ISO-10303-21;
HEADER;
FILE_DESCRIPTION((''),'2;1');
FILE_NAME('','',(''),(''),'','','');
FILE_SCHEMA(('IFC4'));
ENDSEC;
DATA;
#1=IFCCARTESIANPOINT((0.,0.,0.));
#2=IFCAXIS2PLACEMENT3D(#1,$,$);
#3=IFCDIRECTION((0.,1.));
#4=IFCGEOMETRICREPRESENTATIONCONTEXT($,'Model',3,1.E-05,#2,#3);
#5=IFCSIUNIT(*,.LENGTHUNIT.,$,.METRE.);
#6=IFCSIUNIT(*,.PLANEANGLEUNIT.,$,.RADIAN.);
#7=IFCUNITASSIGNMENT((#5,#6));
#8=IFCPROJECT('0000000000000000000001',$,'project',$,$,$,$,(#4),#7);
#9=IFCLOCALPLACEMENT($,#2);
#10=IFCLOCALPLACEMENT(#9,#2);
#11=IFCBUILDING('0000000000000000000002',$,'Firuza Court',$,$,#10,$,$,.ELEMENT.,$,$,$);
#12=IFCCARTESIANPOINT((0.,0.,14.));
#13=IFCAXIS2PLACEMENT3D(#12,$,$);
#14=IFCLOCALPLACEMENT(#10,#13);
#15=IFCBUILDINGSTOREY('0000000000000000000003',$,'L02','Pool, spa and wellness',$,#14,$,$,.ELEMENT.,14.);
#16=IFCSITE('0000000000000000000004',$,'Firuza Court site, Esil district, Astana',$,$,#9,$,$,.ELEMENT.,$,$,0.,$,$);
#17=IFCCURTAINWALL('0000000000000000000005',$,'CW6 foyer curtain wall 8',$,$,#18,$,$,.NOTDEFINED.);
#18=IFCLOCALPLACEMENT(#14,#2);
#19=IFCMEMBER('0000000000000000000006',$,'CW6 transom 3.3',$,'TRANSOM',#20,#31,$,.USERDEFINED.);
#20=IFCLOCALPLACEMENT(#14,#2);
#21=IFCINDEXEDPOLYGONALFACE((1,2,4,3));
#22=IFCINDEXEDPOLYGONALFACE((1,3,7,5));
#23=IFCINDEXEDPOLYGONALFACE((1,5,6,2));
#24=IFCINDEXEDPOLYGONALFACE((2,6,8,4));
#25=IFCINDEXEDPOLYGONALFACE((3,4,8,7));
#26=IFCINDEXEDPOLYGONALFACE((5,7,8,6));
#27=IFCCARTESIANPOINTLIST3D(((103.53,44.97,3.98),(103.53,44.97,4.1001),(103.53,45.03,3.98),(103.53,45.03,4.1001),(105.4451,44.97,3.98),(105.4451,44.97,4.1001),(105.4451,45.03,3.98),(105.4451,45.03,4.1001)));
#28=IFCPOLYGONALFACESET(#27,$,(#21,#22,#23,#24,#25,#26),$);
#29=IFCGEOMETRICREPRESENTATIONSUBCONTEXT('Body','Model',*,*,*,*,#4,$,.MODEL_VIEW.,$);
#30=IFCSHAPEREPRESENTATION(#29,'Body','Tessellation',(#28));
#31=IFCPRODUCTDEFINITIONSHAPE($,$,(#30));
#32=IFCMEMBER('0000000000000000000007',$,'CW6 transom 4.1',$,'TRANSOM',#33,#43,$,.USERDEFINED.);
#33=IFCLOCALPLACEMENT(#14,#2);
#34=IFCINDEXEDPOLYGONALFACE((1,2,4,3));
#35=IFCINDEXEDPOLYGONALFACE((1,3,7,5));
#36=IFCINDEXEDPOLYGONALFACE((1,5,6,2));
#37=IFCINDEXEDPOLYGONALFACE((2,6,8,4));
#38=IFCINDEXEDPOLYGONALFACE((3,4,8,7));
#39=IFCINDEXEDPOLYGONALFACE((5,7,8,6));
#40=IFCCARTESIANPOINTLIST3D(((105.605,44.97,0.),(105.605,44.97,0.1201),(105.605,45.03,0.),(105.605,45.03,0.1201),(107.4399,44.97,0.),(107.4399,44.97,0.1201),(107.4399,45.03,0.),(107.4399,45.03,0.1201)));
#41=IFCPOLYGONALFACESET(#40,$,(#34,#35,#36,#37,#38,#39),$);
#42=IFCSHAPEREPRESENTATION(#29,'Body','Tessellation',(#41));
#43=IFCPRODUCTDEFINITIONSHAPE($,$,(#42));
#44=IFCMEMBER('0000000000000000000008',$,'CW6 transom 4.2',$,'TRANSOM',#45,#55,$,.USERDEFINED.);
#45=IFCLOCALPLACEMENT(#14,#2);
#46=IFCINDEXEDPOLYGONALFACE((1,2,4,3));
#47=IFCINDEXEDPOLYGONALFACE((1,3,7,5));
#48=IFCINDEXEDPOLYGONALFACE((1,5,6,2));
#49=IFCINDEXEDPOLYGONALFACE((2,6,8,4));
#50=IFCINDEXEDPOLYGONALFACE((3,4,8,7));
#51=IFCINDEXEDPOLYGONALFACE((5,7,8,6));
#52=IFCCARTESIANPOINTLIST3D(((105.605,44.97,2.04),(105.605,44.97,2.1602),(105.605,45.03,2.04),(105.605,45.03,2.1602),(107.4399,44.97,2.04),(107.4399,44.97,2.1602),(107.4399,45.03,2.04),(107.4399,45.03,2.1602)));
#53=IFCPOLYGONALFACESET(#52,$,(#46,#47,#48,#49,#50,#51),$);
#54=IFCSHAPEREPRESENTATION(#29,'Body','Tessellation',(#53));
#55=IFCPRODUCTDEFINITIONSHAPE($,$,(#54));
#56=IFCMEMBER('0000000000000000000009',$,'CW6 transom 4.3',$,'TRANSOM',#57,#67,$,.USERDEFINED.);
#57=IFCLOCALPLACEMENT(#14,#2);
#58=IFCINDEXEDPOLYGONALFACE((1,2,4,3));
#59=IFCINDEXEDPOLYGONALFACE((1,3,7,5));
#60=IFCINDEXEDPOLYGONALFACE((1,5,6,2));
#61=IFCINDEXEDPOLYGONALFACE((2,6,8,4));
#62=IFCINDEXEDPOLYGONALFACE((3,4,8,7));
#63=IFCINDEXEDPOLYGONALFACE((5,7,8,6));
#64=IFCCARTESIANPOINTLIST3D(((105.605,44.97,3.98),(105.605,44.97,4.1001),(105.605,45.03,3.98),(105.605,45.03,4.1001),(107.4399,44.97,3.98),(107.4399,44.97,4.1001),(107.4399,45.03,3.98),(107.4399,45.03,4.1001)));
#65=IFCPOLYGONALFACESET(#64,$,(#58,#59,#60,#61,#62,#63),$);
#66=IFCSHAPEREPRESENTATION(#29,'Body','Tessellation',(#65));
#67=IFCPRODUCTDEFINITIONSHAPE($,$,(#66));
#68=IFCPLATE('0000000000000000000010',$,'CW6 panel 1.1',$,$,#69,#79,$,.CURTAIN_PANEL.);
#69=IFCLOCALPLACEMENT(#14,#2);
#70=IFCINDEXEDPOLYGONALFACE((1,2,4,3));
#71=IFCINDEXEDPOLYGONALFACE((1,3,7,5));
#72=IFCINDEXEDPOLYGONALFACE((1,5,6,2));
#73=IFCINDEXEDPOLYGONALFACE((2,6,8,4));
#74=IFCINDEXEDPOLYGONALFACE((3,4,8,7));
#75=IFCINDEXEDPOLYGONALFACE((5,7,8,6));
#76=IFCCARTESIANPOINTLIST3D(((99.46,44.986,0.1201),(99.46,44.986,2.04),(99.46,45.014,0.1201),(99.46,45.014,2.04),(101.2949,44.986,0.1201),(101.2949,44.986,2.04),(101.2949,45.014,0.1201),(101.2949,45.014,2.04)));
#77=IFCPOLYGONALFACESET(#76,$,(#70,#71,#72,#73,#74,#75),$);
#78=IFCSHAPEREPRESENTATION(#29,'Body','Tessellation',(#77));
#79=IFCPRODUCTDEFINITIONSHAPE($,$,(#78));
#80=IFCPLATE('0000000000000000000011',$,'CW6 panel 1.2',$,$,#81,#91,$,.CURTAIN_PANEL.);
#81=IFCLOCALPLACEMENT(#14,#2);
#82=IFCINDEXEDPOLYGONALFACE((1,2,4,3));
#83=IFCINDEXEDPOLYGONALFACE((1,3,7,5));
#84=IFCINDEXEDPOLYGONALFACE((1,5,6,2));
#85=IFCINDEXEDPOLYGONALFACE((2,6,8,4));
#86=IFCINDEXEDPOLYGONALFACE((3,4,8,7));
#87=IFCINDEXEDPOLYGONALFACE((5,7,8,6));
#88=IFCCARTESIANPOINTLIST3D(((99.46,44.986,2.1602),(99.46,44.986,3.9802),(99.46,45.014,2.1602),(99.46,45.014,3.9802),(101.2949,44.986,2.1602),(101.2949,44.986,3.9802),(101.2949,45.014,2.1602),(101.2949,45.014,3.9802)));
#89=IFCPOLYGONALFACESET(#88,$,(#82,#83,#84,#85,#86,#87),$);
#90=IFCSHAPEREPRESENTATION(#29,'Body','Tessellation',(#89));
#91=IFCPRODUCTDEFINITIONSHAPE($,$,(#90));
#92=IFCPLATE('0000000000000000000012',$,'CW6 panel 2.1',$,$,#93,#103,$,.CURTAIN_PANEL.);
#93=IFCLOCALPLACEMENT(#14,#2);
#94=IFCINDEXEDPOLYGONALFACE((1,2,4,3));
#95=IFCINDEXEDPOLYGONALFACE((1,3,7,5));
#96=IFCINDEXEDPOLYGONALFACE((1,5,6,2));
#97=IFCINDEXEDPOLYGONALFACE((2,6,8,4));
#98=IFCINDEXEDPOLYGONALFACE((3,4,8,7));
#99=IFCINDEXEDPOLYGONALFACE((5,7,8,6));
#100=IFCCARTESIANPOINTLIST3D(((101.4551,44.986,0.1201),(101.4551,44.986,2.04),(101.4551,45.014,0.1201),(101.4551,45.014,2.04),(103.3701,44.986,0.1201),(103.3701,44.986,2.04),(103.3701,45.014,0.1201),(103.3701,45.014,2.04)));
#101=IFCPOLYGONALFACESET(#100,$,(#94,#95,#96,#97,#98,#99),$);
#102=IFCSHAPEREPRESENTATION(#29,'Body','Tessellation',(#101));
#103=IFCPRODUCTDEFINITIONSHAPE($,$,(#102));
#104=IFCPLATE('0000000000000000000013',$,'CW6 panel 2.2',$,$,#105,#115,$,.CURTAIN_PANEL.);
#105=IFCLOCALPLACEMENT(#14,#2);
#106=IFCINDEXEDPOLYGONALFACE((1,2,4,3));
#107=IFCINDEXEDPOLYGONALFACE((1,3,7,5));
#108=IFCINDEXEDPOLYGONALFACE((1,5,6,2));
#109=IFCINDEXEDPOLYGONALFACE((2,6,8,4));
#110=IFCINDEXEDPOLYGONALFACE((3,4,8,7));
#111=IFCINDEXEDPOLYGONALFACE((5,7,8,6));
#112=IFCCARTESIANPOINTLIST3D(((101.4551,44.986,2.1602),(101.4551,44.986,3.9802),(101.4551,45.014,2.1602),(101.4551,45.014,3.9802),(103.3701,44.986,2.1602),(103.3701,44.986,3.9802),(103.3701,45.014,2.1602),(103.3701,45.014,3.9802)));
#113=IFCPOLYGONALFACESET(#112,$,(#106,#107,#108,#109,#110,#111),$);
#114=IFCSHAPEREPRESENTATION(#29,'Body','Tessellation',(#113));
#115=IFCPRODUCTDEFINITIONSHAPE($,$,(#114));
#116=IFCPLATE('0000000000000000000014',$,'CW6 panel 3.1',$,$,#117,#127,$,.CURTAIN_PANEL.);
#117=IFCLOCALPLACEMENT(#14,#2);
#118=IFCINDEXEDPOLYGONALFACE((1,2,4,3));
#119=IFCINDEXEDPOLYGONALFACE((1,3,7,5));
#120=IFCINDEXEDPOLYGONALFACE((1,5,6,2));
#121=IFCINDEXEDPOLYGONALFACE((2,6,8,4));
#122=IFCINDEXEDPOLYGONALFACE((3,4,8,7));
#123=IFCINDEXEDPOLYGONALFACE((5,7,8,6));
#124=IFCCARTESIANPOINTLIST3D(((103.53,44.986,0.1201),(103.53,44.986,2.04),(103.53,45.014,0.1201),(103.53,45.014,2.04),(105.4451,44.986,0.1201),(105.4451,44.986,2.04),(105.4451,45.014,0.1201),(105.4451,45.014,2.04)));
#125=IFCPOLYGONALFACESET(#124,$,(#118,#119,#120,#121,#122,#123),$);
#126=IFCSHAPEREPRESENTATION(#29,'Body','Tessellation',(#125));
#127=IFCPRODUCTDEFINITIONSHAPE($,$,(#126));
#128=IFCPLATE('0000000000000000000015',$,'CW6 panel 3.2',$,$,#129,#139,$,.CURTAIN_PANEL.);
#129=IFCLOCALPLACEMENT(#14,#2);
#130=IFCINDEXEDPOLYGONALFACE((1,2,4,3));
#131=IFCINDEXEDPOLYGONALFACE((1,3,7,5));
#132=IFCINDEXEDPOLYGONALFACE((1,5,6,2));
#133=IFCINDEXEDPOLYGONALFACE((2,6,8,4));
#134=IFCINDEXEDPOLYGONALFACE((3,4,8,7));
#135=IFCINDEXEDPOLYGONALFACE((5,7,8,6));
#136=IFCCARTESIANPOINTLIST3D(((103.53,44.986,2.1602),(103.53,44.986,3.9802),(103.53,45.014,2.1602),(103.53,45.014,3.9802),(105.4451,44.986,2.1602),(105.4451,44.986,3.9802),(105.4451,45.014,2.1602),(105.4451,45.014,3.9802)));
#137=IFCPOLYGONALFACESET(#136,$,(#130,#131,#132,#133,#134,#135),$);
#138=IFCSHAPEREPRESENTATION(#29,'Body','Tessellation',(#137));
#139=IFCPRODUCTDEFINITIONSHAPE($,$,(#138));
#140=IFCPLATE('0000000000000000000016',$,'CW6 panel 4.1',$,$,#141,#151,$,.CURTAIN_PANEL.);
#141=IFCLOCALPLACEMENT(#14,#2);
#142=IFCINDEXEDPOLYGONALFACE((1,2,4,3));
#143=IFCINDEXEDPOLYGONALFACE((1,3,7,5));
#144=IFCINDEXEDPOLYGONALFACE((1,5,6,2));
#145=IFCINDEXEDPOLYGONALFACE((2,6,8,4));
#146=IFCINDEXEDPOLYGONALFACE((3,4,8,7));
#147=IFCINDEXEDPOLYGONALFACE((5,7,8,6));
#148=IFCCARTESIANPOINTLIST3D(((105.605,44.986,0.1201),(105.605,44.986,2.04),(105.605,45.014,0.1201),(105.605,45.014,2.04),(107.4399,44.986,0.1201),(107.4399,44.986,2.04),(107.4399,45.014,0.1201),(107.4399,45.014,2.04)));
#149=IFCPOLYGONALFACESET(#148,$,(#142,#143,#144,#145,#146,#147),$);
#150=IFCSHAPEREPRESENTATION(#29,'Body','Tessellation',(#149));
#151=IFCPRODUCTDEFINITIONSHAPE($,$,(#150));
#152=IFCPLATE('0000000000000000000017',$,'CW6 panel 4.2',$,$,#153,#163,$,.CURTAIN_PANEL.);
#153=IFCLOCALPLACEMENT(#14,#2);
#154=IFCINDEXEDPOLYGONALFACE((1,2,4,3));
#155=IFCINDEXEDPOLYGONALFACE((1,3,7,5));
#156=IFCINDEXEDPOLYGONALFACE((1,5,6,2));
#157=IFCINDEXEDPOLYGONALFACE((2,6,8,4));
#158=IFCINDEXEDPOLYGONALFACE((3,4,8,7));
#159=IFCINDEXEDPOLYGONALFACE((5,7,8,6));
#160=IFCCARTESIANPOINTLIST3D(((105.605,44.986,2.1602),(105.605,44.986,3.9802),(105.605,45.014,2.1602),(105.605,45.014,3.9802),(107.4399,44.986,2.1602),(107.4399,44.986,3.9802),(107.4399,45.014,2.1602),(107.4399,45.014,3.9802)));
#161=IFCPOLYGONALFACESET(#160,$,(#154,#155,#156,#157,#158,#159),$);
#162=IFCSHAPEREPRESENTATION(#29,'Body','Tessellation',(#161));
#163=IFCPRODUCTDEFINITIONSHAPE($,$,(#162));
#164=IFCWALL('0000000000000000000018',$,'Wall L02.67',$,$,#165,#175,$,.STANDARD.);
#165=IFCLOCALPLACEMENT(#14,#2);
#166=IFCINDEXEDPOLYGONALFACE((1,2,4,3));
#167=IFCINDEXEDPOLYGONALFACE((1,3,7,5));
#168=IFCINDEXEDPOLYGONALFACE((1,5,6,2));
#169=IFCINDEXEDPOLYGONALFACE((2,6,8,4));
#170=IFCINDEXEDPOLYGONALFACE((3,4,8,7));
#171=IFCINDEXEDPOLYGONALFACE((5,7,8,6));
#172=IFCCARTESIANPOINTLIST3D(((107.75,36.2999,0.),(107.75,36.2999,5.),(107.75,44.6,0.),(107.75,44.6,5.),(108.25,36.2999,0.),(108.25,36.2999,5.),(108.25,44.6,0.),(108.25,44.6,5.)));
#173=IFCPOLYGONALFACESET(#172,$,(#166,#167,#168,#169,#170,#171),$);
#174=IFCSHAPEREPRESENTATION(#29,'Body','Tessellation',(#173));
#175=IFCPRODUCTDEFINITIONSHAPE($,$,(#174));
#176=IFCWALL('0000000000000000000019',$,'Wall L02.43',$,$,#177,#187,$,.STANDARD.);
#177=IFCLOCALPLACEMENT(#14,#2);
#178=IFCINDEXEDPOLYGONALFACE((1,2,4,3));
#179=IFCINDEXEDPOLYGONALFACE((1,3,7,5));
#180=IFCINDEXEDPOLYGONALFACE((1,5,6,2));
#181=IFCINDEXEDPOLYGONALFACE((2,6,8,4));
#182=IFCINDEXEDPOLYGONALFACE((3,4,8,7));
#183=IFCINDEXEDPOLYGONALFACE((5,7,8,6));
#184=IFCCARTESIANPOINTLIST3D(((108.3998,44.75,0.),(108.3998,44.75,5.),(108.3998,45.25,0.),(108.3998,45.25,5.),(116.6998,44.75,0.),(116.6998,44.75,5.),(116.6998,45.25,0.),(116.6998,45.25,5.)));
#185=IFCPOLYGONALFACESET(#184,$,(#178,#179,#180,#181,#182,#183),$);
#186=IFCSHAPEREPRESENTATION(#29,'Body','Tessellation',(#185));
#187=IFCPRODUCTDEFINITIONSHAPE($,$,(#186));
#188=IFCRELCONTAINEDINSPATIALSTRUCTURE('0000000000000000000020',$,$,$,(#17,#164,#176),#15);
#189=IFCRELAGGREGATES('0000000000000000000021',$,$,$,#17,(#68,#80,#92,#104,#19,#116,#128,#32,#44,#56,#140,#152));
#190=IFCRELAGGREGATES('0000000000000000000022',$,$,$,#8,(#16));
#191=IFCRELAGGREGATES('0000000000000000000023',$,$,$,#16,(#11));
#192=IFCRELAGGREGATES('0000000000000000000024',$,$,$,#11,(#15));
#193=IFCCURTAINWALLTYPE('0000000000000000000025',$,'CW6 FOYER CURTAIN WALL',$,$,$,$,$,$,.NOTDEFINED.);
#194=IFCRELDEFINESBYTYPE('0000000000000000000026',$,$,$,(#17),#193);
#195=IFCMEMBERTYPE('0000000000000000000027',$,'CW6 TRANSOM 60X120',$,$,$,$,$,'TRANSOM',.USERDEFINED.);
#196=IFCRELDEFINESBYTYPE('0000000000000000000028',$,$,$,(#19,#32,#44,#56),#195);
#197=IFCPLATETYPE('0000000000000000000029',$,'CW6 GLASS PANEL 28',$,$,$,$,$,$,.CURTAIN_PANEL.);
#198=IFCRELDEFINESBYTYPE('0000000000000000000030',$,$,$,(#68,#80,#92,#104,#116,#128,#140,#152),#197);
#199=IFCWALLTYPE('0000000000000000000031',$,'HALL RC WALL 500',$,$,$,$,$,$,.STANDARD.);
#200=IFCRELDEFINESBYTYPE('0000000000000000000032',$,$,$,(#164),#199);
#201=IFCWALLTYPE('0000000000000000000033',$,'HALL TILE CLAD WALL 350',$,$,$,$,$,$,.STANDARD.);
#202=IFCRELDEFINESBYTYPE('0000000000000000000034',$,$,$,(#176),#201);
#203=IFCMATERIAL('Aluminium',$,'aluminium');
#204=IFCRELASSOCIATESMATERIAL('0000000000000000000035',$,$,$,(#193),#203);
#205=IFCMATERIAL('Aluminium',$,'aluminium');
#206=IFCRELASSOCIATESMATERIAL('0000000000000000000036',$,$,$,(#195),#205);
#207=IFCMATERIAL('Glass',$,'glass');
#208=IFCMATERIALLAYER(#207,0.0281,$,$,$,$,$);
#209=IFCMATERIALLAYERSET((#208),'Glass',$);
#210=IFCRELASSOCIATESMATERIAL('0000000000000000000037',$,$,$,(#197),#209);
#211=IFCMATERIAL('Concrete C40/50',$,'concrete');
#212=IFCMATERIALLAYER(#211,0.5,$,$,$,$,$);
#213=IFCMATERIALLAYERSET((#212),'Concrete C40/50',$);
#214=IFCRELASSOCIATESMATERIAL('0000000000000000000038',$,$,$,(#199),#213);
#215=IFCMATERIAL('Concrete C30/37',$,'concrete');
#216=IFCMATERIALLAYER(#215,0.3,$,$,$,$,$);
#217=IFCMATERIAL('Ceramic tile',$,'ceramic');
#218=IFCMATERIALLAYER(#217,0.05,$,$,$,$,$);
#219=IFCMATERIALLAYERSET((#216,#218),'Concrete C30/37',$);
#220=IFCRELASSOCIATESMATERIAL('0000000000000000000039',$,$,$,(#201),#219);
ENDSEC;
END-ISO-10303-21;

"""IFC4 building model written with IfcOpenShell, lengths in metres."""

from ifc_helpers import new_model, si_unit, direction, frame, frame_2d, origin, origin_2d, place, context, subcontext, project, spatial, rectangle, extrude, material, layer, layer_set, material_profile, profile_set, type_object, element, aggregate, save


model = new_model("IFC4")

# Units and contexts
model_context = context("Model", 3, precision=1e-05, world=origin(), true_north=direction((0.0, 1.0)))
body_context = subcontext(model_context, "Body", "Model", "MODEL_VIEW")
ifc_project = project(units=[si_unit("LENGTHUNIT", "METRE"), si_unit("PLANEANGLEUNIT", "RADIAN")], contexts=[model_context])

# Site, building, storey
site_placement = place(None, origin())
site = spatial("IfcSite", under=ifc_project, at=site_placement, Name="Firuza Court site, Esil district, Astana", CompositionType="ELEMENT", RefElevation=0.0)
building_placement = place(site_placement, origin())
building = spatial("IfcBuilding", under=site, at=building_placement, Name="Firuza Court", CompositionType="ELEMENT")
storey_placement = place(building_placement, frame((0.0, 0.0, 14.0)))
storey = spatial("IfcBuildingStorey", under=building, at=storey_placement, Name="L02", Description="Pool, spa and wellness", CompositionType="ELEMENT", Elevation=14.0)

# Curtain wall, members, plates
ifc_material_1 = material(Name="Aluminium", Category="aluminium")
curtain_wall_type = type_object("IfcCurtainWallType", Name="CW6 FOYER CURTAIN WALL", PredefinedType="NOTDEFINED", material=ifc_material_1)
curtain_wall_placement = place(storey_placement, origin())
curtain_wall = element("IfcCurtainWall", 1, at=curtain_wall_placement, inside=storey, type_object=curtain_wall_type, Name="CW6 foyer curtain wall 8", PredefinedType="NOTDEFINED")
ifc_material_2 = material(Name="Aluminium", Category="aluminium")
ifc_material_profile_1 = material_profile(ifc_material_2, rectangle(XDim=0.0601, YDim=0.1201, at=origin_2d()), Name="TRANSOM 60X120")
ifc_profile_set_1 = profile_set([ifc_material_profile_1], Name="Aluminium")
member_type_1 = type_object("IfcMemberType", Name="CW6 TRANSOM 60X120", ElementType="TRANSOM", PredefinedType="USERDEFINED", material=ifc_profile_set_1)
member_1_placement = place(storey_placement, frame((103.53, 45.0, 4.04), z_axis=(1.0, 0.0, 0.0), x_axis=(0.0, 1.0, 0.0)))
member_1 = element("IfcMember", 2, at=member_1_placement, type_object=member_type_1, Name="CW6 transom 3.3", ObjectType="TRANSOM", PredefinedType="USERDEFINED", context=body_context, shape_type="SweptSolid", body=[
    extrude(rectangle(XDim=0.0601, YDim=0.1201, at=origin_2d()), origin(), (0.0, 0.0, 1.0), 1.915),
])
member_2_placement = place(storey_placement, frame((105.605, 45.0, 0.0601), z_axis=(1.0, 0.0, 0.0), x_axis=(0.0, 1.0, 0.0)))
member_2 = element("IfcMember", 3, at=member_2_placement, type_object=member_type_1, Name="CW6 transom 4.1", ObjectType="TRANSOM", PredefinedType="USERDEFINED", context=body_context, shape_type="SweptSolid", body=[
    extrude(rectangle(XDim=0.0601, YDim=0.1201, at=origin_2d()), origin(), (0.0, 0.0, 1.0), 1.835),
])
member_3_placement = place(storey_placement, frame((105.605, 45.0, 2.1001), z_axis=(1.0, 0.0, 0.0), x_axis=(0.0, 1.0, 0.0)))
member_3 = element("IfcMember", 4, at=member_3_placement, type_object=member_type_1, Name="CW6 transom 4.2", ObjectType="TRANSOM", PredefinedType="USERDEFINED", context=body_context, shape_type="SweptSolid", body=[
    extrude(rectangle(XDim=0.0601, YDim=0.1201, at=origin_2d()), origin(), (0.0, 0.0, 1.0), 1.835),
])
member_4_placement = place(storey_placement, frame((105.605, 45.0, 4.04), z_axis=(1.0, 0.0, 0.0), x_axis=(0.0, 1.0, 0.0)))
member_4 = element("IfcMember", 5, at=member_4_placement, type_object=member_type_1, Name="CW6 transom 4.3", ObjectType="TRANSOM", PredefinedType="USERDEFINED", context=body_context, shape_type="SweptSolid", body=[
    extrude(rectangle(XDim=0.0601, YDim=0.1201, at=origin_2d()), origin(), (0.0, 0.0, 1.0), 1.835),
])
ifc_material_3 = material(Name="Glass", Category="glass")
ifc_layer_1 = layer(ifc_material_3, 0.0281)
ifc_layer_set_1 = layer_set([ifc_layer_1], Name="Glass")
plate_type = type_object("IfcPlateType", Name="CW6 GLASS PANEL 28", PredefinedType="CURTAIN_PANEL", material=ifc_layer_set_1)
plate_1_placement = place(storey_placement, frame((100.3774, 45.0, 0.1201), z_axis=(0.0, 0.0, 1.0), x_axis=(1.0, 0.0, 0.0)))
plate_1 = element("IfcPlate", 6, at=plate_1_placement, type_object=plate_type, Name="CW6 panel 1.1", PredefinedType="CURTAIN_PANEL", context=body_context, shape_type="SweptSolid", body=[
    extrude(rectangle(XDim=1.835, YDim=0.0281, at=origin_2d()), origin(), (0.0, 0.0, 1.0), 1.9199),
])
plate_2_placement = place(storey_placement, frame((100.3774, 45.0, 2.1602), z_axis=(0.0, 0.0, 1.0), x_axis=(1.0, 0.0, 0.0)))
plate_2 = element("IfcPlate", 7, at=plate_2_placement, type_object=plate_type, Name="CW6 panel 1.2", PredefinedType="CURTAIN_PANEL", context=body_context, shape_type="SweptSolid", body=[
    extrude(rectangle(XDim=1.835, YDim=0.0281, at=origin_2d()), origin(), (0.0, 0.0, 1.0), 1.8201),
])
plate_3_placement = place(storey_placement, frame((102.4126, 45.0, 0.1201), z_axis=(0.0, 0.0, 1.0), x_axis=(1.0, 0.0, 0.0)))
plate_3 = element("IfcPlate", 8, at=plate_3_placement, type_object=plate_type, Name="CW6 panel 2.1", PredefinedType="CURTAIN_PANEL", context=body_context, shape_type="SweptSolid", body=[
    extrude(rectangle(XDim=1.915, YDim=0.0281, at=origin_2d()), origin(), (0.0, 0.0, 1.0), 1.9199),
])
plate_4_placement = place(storey_placement, frame((102.4126, 45.0, 2.1602), z_axis=(0.0, 0.0, 1.0), x_axis=(1.0, 0.0, 0.0)))
plate_4 = element("IfcPlate", 9, at=plate_4_placement, type_object=plate_type, Name="CW6 panel 2.2", PredefinedType="CURTAIN_PANEL", context=body_context, shape_type="SweptSolid", body=[
    extrude(rectangle(XDim=1.915, YDim=0.0281, at=origin_2d()), origin(), (0.0, 0.0, 1.0), 1.8201),
])
plate_5_placement = place(storey_placement, frame((104.4875, 45.0, 0.1201), z_axis=(0.0, 0.0, 1.0), x_axis=(1.0, 0.0, 0.0)))
plate_5 = element("IfcPlate", 10, at=plate_5_placement, type_object=plate_type, Name="CW6 panel 3.1", PredefinedType="CURTAIN_PANEL", context=body_context, shape_type="SweptSolid", body=[
    extrude(rectangle(XDim=1.915, YDim=0.0281, at=origin_2d()), origin(), (0.0, 0.0, 1.0), 1.9199),
])
plate_6_placement = place(storey_placement, frame((104.4875, 45.0, 2.1602), z_axis=(0.0, 0.0, 1.0), x_axis=(1.0, 0.0, 0.0)))
plate_6 = element("IfcPlate", 11, at=plate_6_placement, type_object=plate_type, Name="CW6 panel 3.2", PredefinedType="CURTAIN_PANEL", context=body_context, shape_type="SweptSolid", body=[
    extrude(rectangle(XDim=1.915, YDim=0.0281, at=origin_2d()), origin(), (0.0, 0.0, 1.0), 1.8201),
])
plate_7_placement = place(storey_placement, frame((106.5225, 45.0, 0.1201), z_axis=(0.0, 0.0, 1.0), x_axis=(1.0, 0.0, 0.0)))
plate_7 = element("IfcPlate", 12, at=plate_7_placement, type_object=plate_type, Name="CW6 panel 4.1", PredefinedType="CURTAIN_PANEL", context=body_context, shape_type="SweptSolid", body=[
    extrude(rectangle(XDim=1.835, YDim=0.0281, at=origin_2d()), origin(), (0.0, 0.0, 1.0), 1.9199),
])
plate_8_placement = place(storey_placement, frame((106.5225, 45.0, 2.1602), z_axis=(0.0, 0.0, 1.0), x_axis=(1.0, 0.0, 0.0)))
plate_8 = element("IfcPlate", 13, at=plate_8_placement, type_object=plate_type, Name="CW6 panel 4.2", PredefinedType="CURTAIN_PANEL", context=body_context, shape_type="SweptSolid", body=[
    extrude(rectangle(XDim=1.835, YDim=0.0281, at=origin_2d()), origin(), (0.0, 0.0, 1.0), 1.8201),
])
aggregate(curtain_wall, [plate_1, plate_2, plate_3, plate_4, member_1, plate_5, plate_6, member_2, member_3, member_4, plate_7, plate_8])

# Walls
ifc_material_4 = material(Name="Concrete C40/50", Category="concrete")
ifc_layer_2 = layer(ifc_material_4, 0.5)
ifc_layer_set_2 = layer_set([ifc_layer_2], Name="Concrete C40/50")
wall_type_1 = type_object("IfcWallType", Name="HALL RC WALL 500", PredefinedType="STANDARD", material=ifc_layer_set_2)
wall_1_placement = place(storey_placement, frame((108.0, 36.3, 0.0), z_axis=(0.0, 0.0, 1.0), x_axis=(0.0, 1.0, 0.0)))
element("IfcWall", 14, at=wall_1_placement, inside=storey, type_object=wall_type_1, Name="Wall L02.67", PredefinedType="STANDARD", context=body_context, shape_type="SweptSolid", body=[
    extrude(rectangle(XDim=8.3, YDim=0.5, at=frame_2d((4.1499, 0.0))), origin(), (0.0, 0.0, 1.0), 5.0),
])
ifc_material_5 = material(Name="Concrete C30/37", Category="concrete")
ifc_layer_3 = layer(ifc_material_5, 0.3)
ifc_material_6 = material(Name="Ceramic tile", Category="ceramic")
ifc_layer_4 = layer(ifc_material_6, 0.05)
ifc_layer_set_3 = layer_set([ifc_layer_3, ifc_layer_4], Name="Concrete C30/37")
wall_type_2 = type_object("IfcWallType", Name="HALL TILE CLAD WALL 350", PredefinedType="STANDARD", material=ifc_layer_set_3)
wall_2_placement = place(storey_placement, frame((108.3999, 45.0, 0.0), z_axis=(0.0, 0.0, 1.0), x_axis=(1.0, 0.0, 0.0)))
element("IfcWall", 15, at=wall_2_placement, inside=storey, type_object=wall_type_2, Name="Wall L02.43", PredefinedType="STANDARD", context=body_context, shape_type="SweptSolid", body=[
    extrude(rectangle(XDim=8.3, YDim=0.5, at=frame_2d((4.1499, 0.0))), origin(), (0.0, 0.0, 1.0), 5.0),
])

save(model, "model.ifc")
